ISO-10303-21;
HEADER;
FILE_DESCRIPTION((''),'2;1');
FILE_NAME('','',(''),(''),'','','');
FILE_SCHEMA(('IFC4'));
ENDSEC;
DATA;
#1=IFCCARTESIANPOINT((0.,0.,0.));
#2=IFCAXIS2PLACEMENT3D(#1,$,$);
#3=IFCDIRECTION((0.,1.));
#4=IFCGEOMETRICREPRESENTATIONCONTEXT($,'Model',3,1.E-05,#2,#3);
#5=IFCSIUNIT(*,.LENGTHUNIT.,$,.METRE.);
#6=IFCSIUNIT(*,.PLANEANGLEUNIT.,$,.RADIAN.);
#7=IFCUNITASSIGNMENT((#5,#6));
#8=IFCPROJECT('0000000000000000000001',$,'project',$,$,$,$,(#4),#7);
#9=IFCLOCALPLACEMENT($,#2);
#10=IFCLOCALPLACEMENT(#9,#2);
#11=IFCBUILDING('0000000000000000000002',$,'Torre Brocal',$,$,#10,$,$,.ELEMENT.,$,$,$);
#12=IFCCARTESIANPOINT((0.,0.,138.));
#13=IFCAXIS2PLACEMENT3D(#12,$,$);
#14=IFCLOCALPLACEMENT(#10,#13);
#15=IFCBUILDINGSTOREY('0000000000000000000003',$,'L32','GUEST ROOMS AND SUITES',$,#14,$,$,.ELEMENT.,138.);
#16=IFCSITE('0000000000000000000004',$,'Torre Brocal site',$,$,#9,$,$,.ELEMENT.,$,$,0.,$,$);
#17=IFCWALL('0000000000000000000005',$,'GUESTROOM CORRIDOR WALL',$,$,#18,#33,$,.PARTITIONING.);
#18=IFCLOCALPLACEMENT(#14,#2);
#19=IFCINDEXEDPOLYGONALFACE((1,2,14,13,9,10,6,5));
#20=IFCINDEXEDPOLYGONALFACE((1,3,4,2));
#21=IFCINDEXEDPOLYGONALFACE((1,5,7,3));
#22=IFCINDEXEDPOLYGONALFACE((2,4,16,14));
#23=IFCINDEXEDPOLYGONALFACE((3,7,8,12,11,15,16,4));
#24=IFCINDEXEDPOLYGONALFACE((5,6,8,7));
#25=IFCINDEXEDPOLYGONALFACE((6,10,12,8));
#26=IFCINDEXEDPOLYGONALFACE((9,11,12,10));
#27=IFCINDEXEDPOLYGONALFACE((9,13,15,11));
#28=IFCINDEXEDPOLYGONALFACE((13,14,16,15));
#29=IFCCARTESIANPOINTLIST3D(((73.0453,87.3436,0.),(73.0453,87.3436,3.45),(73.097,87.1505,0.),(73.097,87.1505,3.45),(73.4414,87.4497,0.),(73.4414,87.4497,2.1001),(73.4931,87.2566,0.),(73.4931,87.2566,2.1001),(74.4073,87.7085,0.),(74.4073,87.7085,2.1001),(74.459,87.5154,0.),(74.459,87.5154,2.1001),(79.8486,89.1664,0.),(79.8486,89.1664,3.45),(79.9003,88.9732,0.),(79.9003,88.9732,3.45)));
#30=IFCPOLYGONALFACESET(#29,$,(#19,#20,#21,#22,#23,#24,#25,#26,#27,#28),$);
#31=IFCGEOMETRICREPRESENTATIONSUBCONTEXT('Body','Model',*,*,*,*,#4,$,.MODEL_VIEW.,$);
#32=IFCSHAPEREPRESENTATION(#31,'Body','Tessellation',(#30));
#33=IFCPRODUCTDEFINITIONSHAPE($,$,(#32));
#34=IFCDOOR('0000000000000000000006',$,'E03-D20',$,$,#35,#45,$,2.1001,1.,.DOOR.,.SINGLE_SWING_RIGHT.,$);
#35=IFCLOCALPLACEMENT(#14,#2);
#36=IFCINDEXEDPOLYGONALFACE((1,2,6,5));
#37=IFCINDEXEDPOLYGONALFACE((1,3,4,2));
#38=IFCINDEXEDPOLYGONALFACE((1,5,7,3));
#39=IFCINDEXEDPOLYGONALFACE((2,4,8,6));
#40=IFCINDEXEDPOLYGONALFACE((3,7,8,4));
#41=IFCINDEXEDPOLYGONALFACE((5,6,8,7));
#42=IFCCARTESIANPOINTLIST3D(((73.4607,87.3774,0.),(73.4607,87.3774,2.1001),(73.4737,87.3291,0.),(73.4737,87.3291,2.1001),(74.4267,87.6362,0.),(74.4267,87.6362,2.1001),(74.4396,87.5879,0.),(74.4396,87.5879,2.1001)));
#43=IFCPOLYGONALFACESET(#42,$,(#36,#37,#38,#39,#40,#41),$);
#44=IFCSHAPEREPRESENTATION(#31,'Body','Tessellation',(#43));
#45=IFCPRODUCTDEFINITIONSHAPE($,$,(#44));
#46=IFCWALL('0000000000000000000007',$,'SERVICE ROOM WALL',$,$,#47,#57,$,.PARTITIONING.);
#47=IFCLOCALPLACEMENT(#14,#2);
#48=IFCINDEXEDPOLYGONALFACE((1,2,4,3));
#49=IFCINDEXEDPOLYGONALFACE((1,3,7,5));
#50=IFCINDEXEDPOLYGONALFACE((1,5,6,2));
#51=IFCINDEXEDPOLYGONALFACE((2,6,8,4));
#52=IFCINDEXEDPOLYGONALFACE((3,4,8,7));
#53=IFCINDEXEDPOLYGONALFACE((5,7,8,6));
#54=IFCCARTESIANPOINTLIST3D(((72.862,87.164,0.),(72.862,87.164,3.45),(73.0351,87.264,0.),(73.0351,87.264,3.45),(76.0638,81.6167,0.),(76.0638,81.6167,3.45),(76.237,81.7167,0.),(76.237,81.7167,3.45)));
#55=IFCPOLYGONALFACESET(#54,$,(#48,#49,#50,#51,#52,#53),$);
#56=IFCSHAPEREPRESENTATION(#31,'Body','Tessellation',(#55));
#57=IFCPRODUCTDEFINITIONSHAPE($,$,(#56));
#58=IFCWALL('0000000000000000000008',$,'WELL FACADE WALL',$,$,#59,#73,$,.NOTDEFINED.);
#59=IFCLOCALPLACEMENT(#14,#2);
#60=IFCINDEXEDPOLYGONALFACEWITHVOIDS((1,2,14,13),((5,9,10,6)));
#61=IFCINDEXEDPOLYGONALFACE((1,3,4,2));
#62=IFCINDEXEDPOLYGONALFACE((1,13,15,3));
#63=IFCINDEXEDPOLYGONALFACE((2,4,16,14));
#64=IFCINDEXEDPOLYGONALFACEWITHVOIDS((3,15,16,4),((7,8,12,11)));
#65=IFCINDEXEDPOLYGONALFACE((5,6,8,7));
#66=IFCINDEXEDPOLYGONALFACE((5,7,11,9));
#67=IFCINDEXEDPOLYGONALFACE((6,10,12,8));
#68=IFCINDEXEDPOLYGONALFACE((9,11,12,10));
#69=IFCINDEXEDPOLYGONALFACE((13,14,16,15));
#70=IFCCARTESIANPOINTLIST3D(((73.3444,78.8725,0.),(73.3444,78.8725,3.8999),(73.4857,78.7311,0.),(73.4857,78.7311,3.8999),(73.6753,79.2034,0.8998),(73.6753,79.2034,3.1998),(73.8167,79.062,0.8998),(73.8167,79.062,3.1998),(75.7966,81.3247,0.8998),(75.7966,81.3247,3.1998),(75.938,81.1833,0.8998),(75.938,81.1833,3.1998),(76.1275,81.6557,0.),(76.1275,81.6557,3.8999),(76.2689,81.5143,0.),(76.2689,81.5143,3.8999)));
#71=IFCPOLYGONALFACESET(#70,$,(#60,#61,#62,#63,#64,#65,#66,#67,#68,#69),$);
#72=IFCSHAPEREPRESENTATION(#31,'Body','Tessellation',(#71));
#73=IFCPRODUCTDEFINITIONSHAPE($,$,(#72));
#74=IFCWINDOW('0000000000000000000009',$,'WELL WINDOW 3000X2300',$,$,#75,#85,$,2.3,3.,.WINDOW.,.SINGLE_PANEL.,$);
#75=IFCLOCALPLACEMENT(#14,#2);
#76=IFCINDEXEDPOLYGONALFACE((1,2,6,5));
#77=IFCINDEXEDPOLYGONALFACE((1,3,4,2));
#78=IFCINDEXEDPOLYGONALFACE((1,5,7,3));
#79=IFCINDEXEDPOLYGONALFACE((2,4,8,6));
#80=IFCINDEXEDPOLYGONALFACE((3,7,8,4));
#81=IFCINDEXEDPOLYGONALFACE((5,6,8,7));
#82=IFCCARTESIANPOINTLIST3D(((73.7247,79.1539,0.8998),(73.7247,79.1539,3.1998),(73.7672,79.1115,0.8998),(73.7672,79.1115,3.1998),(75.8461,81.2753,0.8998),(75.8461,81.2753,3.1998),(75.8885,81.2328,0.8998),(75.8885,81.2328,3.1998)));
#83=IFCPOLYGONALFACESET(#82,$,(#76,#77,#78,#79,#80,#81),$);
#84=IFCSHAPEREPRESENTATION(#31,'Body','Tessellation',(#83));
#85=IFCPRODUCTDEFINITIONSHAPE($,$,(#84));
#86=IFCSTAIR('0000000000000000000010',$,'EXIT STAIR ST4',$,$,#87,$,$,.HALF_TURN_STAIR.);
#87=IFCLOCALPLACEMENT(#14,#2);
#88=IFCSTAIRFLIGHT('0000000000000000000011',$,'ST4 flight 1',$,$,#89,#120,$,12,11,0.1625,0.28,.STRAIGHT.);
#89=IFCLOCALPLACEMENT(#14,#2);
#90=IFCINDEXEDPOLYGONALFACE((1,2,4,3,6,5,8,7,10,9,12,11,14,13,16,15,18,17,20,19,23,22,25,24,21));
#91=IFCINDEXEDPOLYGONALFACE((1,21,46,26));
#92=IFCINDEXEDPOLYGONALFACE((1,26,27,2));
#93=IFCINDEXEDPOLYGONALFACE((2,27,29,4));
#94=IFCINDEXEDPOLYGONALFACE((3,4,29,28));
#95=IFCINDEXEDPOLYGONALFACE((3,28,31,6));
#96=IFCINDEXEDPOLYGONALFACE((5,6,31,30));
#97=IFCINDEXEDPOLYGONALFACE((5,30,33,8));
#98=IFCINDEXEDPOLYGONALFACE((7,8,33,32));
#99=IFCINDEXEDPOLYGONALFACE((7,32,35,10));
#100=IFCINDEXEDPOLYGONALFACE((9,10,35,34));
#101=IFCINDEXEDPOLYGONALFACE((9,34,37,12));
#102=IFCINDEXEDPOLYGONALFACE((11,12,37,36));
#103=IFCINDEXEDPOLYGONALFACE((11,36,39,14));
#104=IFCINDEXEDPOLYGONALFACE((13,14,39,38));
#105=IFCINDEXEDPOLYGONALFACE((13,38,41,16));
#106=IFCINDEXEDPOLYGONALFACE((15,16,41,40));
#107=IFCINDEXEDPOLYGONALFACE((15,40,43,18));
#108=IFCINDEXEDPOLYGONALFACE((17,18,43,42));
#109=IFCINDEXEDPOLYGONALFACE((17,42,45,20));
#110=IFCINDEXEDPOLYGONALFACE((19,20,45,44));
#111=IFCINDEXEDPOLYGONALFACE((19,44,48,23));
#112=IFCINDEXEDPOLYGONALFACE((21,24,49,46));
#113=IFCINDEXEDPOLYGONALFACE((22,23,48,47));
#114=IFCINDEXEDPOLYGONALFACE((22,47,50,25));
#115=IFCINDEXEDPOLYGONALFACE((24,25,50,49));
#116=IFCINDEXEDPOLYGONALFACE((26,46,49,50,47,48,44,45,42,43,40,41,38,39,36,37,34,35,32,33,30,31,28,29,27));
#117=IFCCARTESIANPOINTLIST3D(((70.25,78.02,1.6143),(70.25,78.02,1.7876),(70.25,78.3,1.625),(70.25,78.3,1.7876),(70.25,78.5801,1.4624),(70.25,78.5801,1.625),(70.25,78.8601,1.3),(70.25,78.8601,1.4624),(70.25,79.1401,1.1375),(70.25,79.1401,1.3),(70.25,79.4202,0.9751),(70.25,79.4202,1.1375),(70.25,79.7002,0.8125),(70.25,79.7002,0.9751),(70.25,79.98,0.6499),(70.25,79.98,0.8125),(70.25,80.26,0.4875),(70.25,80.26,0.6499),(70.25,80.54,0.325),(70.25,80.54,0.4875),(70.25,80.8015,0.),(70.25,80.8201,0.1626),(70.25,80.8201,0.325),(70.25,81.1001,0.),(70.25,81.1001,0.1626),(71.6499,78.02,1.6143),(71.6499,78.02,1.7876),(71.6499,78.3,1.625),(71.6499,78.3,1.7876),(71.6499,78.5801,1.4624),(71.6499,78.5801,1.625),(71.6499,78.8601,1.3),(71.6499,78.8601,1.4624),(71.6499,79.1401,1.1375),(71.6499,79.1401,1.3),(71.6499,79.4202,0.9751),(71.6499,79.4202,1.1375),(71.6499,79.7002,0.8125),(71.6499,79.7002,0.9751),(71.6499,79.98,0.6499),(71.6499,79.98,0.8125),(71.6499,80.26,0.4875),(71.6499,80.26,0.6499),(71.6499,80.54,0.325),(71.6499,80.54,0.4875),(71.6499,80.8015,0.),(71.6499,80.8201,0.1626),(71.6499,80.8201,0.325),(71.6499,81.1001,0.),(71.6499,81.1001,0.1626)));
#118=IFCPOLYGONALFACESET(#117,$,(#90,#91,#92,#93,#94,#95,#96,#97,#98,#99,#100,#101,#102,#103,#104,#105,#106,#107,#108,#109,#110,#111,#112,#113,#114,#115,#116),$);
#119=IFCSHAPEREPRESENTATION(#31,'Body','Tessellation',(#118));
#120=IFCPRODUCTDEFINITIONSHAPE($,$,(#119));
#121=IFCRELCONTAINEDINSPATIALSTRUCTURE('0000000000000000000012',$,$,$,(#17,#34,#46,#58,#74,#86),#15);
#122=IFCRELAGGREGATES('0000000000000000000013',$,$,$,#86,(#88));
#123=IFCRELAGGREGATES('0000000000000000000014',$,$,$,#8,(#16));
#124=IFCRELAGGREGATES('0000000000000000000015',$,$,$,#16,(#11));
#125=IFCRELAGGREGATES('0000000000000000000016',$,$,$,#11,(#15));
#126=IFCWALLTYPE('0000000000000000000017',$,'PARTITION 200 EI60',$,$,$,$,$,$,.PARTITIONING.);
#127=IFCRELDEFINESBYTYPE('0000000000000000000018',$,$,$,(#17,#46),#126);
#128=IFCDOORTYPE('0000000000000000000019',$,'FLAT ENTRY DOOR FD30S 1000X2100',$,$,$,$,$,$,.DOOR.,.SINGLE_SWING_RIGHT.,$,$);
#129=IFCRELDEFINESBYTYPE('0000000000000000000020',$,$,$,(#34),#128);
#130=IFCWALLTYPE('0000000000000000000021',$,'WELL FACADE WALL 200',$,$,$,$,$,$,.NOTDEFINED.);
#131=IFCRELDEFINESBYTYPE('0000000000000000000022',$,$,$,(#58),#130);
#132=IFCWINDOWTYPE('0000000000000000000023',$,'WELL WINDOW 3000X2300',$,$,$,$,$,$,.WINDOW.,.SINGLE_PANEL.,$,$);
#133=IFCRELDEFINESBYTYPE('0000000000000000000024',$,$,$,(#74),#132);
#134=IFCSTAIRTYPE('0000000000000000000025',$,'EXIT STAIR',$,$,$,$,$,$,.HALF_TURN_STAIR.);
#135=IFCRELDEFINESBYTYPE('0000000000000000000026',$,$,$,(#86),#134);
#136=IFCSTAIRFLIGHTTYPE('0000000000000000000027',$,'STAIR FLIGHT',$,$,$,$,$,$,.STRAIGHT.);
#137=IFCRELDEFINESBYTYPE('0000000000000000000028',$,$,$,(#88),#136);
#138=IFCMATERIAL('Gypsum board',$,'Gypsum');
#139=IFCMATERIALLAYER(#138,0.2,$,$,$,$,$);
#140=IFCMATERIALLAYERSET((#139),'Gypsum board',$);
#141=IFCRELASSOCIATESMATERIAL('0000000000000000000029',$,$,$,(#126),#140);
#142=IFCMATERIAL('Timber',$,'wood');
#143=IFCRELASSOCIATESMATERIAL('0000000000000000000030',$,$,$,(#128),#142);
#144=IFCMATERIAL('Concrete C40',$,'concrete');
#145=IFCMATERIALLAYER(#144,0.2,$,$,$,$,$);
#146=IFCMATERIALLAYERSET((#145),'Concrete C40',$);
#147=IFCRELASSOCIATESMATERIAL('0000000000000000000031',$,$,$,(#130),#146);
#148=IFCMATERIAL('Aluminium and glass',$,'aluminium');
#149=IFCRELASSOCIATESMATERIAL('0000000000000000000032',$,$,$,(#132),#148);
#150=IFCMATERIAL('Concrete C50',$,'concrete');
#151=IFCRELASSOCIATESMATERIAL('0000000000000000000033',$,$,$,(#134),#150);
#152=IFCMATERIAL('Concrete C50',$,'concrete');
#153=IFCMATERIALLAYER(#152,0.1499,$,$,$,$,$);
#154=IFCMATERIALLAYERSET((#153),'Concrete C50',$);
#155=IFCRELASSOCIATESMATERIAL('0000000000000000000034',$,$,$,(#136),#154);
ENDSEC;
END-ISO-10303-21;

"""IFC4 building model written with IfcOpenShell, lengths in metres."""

from ifc_helpers import new_model, si_unit, direction, frame, frame_2d, origin, place, context, subcontext, project, spatial, polyline, rectangle, outline, extrude, material, layer, layer_set, type_object, element, fill, aggregate, save


model = new_model("IFC4")

# Units and contexts
model_context = context("Model", 3, precision=1e-05, world=origin(), true_north=direction((0.0, 1.0)))
body_context = subcontext(model_context, "Body", "Model", "MODEL_VIEW")
ifc_project = project(units=[si_unit("LENGTHUNIT", "METRE"), si_unit("PLANEANGLEUNIT", "RADIAN")], contexts=[model_context])

# Site, building, storey
site_placement = place(None, origin())
site = spatial("IfcSite", under=ifc_project, at=site_placement, Name="Torre Brocal site", CompositionType="ELEMENT", RefElevation=0.0)
building_placement = place(site_placement, origin())
building = spatial("IfcBuilding", under=site, at=building_placement, Name="Torre Brocal", CompositionType="ELEMENT")
storey_placement = place(building_placement, frame((0.0, 0.0, 138.0)))
storey = spatial("IfcBuildingStorey", under=building, at=storey_placement, Name="L32", Description="GUEST ROOMS AND SUITES", CompositionType="ELEMENT", Elevation=138.0)

# Wall, opening, door
ifc_material_1 = material(Name="Gypsum board", Category="Gypsum")
ifc_layer_1 = layer(ifc_material_1, 0.2)
ifc_layer_set_1 = layer_set([ifc_layer_1], Name="Gypsum board")
wall_type_1 = type_object("IfcWallType", Name="PARTITION 200 EI60", PredefinedType="PARTITIONING", material=ifc_layer_set_1)
wall_1_placement = place(storey_placement, frame((73.0713, 87.2471, 0.0), z_axis=(0.0, 0.0, 1.0), x_axis=(0.965932, 0.258797, 0.0)))
wall_1 = element("IfcWall", 1, at=wall_1_placement, inside=storey, type_object=wall_type_1, Name="GUESTROOM CORRIDOR WALL", PredefinedType="PARTITIONING", context=body_context, shape_type="SweptSolid", body=[
    extrude(rectangle(XDim=7.0432, YDim=0.2, at=frame_2d((3.5215, 0.0))), origin(), (0.0, 0.0, 1.0), 3.45),
])
opening_1_placement = place(wall_1_placement, frame((0.4099, 0.0, 0.0)))
opening_1 = element("IfcOpeningElement", 2, at=opening_1_placement, cuts=wall_1, PredefinedType="OPENING", context=body_context, shape_type="SweptSolid", body=[
    extrude(rectangle(XDim=1.0, YDim=2.1001, at=frame_2d((0.5, 1.05))), frame((0.0, 0.1099, 0.0), z_axis=(0.0, -1.0, 0.0), x_axis=(1.0, 0.0, 0.0)), (0.0, 0.0, 1.0), 0.22),
])
ifc_material_2 = material(Name="Timber", Category="wood")
door_type_1 = type_object("IfcDoorType", Name="FLAT ENTRY DOOR FD30S 1000X2100", OperationType="SINGLE_SWING_RIGHT", PredefinedType="DOOR", material=ifc_material_2)
door_1_placement = place(opening_1_placement, frame((1.0, 0.0, 0.0), z_axis=(0.0, 0.0, 1.0), x_axis=(-1.0, 0.0, 0.0)))
door_1 = element("IfcDoor", 3, at=door_1_placement, inside=storey, type_object=door_type_1, Name="E03-D20", OperationType="SINGLE_SWING_RIGHT", OverallHeight=2.1001, OverallWidth=1.0, PredefinedType="DOOR", context=body_context, shape_type="SweptSolid", body=[
    extrude(rectangle(XDim=1.0, YDim=2.1001, at=frame_2d((0.5, 1.05))), frame((0.0, 0.0249, 0.0), z_axis=(0.0, -1.0, 0.0), x_axis=(1.0, 0.0, 0.0)), (0.0, 0.0, 1.0), 0.05),
])
fill(opening_1, door_1)

# Wall
wall_2_placement = place(storey_placement, frame((72.9485, 87.2141, 0.0), z_axis=(0.0, 0.0, 1.0), x_axis=(0.499898, -0.866084, 0.0)))
element("IfcWall", 4, at=wall_2_placement, inside=storey, type_object=wall_type_1, Name="SERVICE ROOM WALL", PredefinedType="PARTITIONING", context=body_context, shape_type="SweptSolid", body=[
    extrude(rectangle(XDim=6.405, YDim=0.2, at=frame_2d((3.2026, 0.0))), origin(), (0.0, 0.0, 1.0), 3.45),
])

# Wall, opening, window
ifc_material_3 = material(Name="Concrete C40", Category="concrete")
ifc_layer_2 = layer(ifc_material_3, 0.2)
ifc_layer_set_2 = layer_set([ifc_layer_2], Name="Concrete C40")
wall_type_2 = type_object("IfcWallType", Name="WELL FACADE WALL 200", PredefinedType="NOTDEFINED", material=ifc_layer_set_2)
wall_3_placement = place(storey_placement, frame((76.1982, 81.585, 0.0), z_axis=(0.0, 0.0, 1.0), x_axis=(-0.707107, -0.707107, 0.0)))
wall_3 = element("IfcWall", 5, at=wall_3_placement, inside=storey, type_object=wall_type_2, Name="WELL FACADE WALL", PredefinedType="NOTDEFINED", context=body_context, shape_type="SweptSolid", body=[
    extrude(rectangle(XDim=3.936, YDim=0.2, at=frame_2d((1.968, 0.0))), origin(), (0.0, 0.0, 1.0), 3.8999),
])
opening_2_placement = place(wall_3_placement, frame((0.468, 0.0, 0.8999)))
opening_2 = element("IfcOpeningElement", 6, at=opening_2_placement, cuts=wall_3, PredefinedType="OPENING", context=body_context, shape_type="SweptSolid", body=[
    extrude(rectangle(XDim=3.0, YDim=2.3, at=frame_2d((1.5, 1.1499))), frame((0.0, 0.1099, 0.0), z_axis=(0.0, -1.0, 0.0), x_axis=(1.0, 0.0, 0.0)), (0.0, 0.0, 1.0), 0.22),
])
ifc_material_4 = material(Name="Aluminium and glass", Category="aluminium")
window_type = type_object("IfcWindowType", Name="WELL WINDOW 3000X2300", PartitioningType="SINGLE_PANEL", PredefinedType="WINDOW", material=ifc_material_4)
window_placement = place(opening_2_placement, origin())
window = element("IfcWindow", 7, at=window_placement, inside=storey, type_object=window_type, Name="WELL WINDOW 3000X2300", OverallHeight=2.3, OverallWidth=3.0, PartitioningType="SINGLE_PANEL", PredefinedType="WINDOW", context=body_context, shape_type="SweptSolid", body=[
    extrude(rectangle(XDim=3.0, YDim=2.3, at=frame_2d((1.5, 1.1499))), frame((0.0, 0.03, 0.0), z_axis=(0.0, -1.0, 0.0), x_axis=(1.0, 0.0, 0.0)), (0.0, 0.0, 1.0), 0.0601),
])
fill(opening_2, window)

# Stair, stair flight
ifc_material_5 = material(Name="Concrete C50", Category="concrete")
stair_type = type_object("IfcStairType", Name="EXIT STAIR", PredefinedType="HALF_TURN_STAIR", material=ifc_material_5)
stair_placement = place(storey_placement, origin())
stair = element("IfcStair", 8, at=stair_placement, inside=storey, type_object=stair_type, Name="EXIT STAIR ST4", PredefinedType="HALF_TURN_STAIR")
ifc_material_6 = material(Name="Concrete C50", Category="concrete")
ifc_layer_3 = layer(ifc_material_6, 0.1499)
ifc_layer_set_3 = layer_set([ifc_layer_3], Name="Concrete C50")
stair_flight_type = type_object("IfcStairFlightType", Name="STAIR FLIGHT", PredefinedType="STRAIGHT", material=ifc_layer_set_3)
stair_flight_placement = place(storey_placement, frame((70.95, 81.1001, 0.0), z_axis=(0.0, 0.0, 1.0), x_axis=(0.0, -1.0, 0.0)))
stair_flight = element("IfcStairFlight", 9, at=stair_flight_placement, type_object=stair_flight_type, Name="ST4 flight 1", NumberOfRisers=12, NumberOfTreads=11, PredefinedType="STRAIGHT", RiserHeight=0.1625, TreadLength=0.28, context=body_context, shape_type="SweptSolid", body=[
    extrude(outline(polyline([(0.0, 0.0), (0.0, 0.1626), (0.28, 0.1626), (0.28, 0.325), (0.5601, 0.325), (0.5601, 0.4875), (0.8401, 0.4875), (0.8401, 0.6499), (1.1201, 0.6499), (1.1201, 0.8125), (1.3999, 0.8125), (1.3999, 0.9751), (1.6799, 0.9751), (1.6799, 1.1375), (1.96, 1.1375), (1.96, 1.3), (2.24, 1.3), (2.24, 1.4624), (2.52, 1.4624), (2.52, 1.625), (2.8, 1.625), (2.8, 1.7876), (3.0801, 1.7876), (3.0801, 1.95), (3.0801, 1.6143), (0.2986, 0.0), (0.0, 0.0)])), frame((0.0, 0.7, 0.0), z_axis=(0.0, -1.0, 0.0), x_axis=(1.0, 0.0, 0.0)), (0.0, 0.0, 1.0), 1.3999),
])
aggregate(stair, [stair_flight])

save(model, "model.ifc")
